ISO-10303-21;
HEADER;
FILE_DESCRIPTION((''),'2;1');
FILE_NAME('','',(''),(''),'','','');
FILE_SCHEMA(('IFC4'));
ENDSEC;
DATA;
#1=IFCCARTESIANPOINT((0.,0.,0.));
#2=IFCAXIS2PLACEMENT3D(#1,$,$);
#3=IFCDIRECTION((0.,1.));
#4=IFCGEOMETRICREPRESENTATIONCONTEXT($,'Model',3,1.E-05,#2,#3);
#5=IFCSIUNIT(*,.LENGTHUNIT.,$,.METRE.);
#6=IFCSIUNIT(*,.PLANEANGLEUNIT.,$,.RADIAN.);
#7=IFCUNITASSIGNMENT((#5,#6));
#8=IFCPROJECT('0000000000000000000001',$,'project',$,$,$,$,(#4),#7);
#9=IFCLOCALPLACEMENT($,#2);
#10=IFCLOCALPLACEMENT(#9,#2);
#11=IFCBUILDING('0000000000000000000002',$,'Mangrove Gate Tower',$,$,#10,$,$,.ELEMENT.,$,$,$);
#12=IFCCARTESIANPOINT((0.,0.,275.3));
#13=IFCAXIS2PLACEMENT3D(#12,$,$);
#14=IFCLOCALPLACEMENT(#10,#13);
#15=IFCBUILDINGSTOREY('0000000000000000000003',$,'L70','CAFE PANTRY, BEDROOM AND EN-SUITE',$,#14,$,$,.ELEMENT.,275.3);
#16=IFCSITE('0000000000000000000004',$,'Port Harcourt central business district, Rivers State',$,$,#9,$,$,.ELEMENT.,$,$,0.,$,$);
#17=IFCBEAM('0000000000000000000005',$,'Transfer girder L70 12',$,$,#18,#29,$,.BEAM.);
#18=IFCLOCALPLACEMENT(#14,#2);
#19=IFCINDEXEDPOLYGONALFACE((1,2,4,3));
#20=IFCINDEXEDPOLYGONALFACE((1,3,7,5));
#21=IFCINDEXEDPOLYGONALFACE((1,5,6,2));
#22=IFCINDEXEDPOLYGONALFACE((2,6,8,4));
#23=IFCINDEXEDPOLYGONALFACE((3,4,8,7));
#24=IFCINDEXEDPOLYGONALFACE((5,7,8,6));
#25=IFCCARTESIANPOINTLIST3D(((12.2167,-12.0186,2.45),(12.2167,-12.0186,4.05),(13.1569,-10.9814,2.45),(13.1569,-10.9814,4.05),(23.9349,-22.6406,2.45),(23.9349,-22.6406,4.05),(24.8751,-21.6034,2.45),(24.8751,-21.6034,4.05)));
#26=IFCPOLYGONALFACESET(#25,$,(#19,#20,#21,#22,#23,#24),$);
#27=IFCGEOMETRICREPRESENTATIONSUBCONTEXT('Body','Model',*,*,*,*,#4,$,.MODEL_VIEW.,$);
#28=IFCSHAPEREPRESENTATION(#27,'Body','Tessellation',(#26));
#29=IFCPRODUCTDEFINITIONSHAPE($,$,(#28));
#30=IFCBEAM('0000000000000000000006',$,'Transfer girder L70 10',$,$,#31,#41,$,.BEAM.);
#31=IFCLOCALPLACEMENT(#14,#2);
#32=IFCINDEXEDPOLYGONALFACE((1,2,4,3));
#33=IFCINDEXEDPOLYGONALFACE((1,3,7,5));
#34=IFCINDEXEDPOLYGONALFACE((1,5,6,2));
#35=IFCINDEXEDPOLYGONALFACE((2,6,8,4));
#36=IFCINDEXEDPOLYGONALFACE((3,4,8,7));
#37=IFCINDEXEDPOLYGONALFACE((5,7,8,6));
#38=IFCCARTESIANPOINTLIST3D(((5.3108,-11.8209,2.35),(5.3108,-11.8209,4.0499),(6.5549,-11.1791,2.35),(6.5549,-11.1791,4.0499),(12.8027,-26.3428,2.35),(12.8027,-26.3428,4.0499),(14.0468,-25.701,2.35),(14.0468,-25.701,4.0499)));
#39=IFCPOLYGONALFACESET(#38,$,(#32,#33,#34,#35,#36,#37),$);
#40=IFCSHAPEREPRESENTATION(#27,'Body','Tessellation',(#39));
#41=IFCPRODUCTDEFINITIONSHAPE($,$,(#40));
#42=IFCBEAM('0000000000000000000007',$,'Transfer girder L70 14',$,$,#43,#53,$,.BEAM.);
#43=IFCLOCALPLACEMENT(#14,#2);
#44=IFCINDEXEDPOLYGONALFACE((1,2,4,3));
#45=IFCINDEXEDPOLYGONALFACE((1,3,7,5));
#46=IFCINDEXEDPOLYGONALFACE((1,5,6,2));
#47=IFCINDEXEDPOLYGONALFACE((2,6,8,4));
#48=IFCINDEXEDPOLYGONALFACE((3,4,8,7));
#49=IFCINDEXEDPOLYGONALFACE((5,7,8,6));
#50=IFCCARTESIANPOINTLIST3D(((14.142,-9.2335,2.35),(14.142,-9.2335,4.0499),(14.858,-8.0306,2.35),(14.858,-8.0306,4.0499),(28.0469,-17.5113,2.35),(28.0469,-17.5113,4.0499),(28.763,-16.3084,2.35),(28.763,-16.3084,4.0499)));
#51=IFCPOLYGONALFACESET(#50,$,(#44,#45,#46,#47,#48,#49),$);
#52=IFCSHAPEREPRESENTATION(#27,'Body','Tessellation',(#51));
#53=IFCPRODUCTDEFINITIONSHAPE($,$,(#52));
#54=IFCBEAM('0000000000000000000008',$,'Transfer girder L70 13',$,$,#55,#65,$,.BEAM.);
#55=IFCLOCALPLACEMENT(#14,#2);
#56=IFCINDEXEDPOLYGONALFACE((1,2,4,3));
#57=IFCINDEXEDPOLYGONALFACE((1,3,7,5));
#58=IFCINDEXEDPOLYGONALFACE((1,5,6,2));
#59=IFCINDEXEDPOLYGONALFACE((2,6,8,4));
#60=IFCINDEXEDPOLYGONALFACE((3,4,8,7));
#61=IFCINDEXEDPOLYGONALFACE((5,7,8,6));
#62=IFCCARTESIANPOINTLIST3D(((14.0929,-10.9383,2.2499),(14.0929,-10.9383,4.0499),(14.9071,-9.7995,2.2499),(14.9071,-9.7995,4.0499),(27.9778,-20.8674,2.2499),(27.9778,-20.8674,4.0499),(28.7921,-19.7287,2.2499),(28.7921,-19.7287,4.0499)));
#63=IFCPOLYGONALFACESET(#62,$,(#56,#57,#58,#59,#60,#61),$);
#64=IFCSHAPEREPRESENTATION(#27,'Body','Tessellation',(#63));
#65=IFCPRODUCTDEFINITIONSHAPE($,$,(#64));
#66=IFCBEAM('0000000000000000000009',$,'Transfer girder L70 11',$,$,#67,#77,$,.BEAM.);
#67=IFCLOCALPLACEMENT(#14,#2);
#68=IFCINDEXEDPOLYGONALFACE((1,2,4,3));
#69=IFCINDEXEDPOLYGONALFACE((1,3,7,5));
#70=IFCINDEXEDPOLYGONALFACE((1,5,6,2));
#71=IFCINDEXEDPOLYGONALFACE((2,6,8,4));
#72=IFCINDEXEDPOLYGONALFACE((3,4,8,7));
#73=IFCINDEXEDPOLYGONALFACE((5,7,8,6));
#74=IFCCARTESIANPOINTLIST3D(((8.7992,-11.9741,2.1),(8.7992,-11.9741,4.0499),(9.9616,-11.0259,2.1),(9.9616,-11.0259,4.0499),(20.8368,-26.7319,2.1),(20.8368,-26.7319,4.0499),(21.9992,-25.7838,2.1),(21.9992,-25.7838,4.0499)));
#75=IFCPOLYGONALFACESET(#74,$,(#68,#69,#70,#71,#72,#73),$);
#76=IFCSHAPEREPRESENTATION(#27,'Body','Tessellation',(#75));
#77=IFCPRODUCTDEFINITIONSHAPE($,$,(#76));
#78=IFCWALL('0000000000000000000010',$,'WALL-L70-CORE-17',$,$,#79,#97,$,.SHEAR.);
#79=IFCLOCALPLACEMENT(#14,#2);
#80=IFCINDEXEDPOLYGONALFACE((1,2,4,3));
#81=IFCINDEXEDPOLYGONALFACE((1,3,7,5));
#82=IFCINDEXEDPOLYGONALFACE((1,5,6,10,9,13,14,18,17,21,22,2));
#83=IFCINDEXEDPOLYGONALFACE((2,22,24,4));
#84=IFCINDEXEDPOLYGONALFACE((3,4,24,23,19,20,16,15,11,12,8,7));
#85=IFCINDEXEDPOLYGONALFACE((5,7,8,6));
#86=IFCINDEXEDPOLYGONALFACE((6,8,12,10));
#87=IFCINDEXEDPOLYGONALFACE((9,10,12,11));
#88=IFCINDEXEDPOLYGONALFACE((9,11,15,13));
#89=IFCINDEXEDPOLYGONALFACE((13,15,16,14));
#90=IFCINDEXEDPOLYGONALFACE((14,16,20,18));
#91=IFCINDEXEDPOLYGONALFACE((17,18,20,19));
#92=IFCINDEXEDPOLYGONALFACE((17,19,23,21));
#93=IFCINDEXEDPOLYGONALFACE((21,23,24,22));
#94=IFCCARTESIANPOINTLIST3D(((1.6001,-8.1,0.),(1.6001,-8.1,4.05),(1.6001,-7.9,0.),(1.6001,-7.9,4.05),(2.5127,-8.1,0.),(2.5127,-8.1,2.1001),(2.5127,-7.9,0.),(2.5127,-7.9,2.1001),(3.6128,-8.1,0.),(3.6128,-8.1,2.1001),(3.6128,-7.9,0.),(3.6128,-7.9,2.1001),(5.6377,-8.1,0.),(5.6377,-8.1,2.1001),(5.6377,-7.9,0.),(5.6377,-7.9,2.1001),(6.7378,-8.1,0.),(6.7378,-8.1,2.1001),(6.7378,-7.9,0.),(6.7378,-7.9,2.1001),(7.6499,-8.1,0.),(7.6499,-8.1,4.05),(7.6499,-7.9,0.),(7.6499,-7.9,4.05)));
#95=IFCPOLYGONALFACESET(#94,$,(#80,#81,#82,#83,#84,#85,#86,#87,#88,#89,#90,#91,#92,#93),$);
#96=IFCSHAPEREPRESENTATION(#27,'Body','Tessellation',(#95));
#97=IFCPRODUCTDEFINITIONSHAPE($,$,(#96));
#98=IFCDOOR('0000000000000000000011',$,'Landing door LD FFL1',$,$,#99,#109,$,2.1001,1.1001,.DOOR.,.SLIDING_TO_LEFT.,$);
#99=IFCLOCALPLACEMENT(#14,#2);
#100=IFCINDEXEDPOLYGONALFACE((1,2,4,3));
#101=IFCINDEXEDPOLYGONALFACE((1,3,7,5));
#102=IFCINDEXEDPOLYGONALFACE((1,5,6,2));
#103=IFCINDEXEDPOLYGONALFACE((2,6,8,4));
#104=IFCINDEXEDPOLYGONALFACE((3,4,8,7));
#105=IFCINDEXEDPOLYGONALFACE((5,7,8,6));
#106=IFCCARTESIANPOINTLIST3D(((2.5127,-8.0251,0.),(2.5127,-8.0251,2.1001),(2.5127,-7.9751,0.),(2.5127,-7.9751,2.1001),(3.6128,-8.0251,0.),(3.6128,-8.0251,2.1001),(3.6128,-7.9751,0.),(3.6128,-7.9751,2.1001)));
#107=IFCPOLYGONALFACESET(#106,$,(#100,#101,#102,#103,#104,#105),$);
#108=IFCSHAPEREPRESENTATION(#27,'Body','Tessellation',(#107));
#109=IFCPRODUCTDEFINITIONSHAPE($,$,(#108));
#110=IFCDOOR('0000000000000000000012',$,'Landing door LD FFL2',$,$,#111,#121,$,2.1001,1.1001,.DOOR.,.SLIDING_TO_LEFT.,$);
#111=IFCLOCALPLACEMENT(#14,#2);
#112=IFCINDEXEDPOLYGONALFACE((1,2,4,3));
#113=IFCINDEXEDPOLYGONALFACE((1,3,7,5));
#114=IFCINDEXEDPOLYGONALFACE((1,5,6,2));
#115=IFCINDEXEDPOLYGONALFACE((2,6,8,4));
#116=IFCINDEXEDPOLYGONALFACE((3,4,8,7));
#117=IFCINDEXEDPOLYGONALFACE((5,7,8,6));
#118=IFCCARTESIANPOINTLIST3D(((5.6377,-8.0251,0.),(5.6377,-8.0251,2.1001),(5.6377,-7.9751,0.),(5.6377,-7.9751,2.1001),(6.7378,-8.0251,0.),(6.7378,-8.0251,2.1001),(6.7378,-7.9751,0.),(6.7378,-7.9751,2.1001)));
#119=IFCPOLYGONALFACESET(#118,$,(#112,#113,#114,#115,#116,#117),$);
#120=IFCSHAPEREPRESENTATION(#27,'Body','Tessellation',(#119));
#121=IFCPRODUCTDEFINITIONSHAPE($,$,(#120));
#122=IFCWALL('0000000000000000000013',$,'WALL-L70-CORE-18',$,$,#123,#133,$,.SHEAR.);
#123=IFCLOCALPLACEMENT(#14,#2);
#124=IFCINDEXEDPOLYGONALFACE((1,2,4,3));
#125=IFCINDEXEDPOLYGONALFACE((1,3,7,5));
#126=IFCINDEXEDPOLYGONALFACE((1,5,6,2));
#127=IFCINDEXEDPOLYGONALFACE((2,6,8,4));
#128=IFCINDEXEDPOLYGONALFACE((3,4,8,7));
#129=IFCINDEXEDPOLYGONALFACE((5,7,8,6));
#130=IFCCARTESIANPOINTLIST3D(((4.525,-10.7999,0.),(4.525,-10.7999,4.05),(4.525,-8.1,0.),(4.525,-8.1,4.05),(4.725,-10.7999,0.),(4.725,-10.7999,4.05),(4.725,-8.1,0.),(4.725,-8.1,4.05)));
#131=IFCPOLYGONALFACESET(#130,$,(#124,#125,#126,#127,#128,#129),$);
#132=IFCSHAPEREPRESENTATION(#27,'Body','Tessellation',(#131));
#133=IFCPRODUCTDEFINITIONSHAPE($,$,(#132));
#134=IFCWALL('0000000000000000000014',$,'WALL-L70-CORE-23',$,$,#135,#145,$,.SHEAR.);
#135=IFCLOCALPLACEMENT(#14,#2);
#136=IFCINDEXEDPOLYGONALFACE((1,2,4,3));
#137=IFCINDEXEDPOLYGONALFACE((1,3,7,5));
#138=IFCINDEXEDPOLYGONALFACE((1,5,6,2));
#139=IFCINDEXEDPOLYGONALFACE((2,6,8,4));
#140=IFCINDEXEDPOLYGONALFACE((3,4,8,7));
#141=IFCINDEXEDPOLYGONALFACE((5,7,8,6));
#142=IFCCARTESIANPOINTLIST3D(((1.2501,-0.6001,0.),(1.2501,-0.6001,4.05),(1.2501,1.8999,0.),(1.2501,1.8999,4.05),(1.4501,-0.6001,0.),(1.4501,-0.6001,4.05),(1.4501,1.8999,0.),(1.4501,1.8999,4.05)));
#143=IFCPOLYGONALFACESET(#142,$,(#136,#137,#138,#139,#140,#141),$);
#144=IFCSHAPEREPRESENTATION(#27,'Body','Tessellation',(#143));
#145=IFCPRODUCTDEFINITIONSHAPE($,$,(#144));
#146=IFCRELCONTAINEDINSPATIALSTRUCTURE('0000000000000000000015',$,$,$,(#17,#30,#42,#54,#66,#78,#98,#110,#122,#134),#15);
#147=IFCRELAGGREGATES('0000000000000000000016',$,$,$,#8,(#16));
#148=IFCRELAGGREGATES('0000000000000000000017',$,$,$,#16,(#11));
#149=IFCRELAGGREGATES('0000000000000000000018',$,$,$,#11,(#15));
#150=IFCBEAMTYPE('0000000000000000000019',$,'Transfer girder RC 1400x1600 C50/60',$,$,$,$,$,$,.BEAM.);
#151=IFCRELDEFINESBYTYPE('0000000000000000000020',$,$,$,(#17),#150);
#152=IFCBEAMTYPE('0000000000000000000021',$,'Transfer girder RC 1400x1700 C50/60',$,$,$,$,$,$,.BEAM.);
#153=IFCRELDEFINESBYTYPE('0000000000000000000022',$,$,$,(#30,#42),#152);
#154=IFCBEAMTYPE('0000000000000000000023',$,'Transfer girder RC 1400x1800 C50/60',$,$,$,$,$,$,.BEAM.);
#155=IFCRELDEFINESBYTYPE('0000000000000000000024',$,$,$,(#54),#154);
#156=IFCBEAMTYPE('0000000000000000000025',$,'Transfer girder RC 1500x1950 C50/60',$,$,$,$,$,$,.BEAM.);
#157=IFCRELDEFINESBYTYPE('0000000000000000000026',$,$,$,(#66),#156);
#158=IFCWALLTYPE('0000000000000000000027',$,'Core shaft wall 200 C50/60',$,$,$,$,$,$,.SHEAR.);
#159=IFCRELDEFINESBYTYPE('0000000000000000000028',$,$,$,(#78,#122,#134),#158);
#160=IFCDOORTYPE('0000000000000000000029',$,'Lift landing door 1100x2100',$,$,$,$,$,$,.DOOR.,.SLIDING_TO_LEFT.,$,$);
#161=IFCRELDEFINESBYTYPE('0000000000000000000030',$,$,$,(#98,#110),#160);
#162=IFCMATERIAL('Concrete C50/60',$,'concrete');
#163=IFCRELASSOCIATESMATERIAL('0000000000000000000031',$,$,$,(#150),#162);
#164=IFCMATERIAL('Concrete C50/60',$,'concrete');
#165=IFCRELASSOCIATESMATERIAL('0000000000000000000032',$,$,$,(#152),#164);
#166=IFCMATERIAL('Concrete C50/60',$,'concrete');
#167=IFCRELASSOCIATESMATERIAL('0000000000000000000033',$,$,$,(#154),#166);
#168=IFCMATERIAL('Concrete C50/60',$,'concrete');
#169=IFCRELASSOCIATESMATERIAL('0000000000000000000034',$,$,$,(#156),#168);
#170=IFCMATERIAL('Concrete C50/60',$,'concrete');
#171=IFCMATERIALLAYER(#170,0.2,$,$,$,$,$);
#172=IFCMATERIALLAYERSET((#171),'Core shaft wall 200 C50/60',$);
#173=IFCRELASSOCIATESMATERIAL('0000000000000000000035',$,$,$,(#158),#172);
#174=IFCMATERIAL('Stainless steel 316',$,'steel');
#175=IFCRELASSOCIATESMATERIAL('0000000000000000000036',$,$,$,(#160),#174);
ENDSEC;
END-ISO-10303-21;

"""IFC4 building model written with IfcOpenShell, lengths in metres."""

from ifc_helpers import new_model, si_unit, direction, frame, frame_2d, origin, origin_2d, place, context, subcontext, project, spatial, rectangle, extrude, material, layer, layer_set, material_profile, profile_set, type_object, element, fill, save


model = new_model("IFC4")

# Units and contexts
model_context = context("Model", 3, precision=1e-05, world=origin(), true_north=direction((0.0, 1.0)))
body_context = subcontext(model_context, "Body", "Model", "MODEL_VIEW")
ifc_project = project(units=[si_unit("LENGTHUNIT", "METRE"), si_unit("PLANEANGLEUNIT", "RADIAN")], contexts=[model_context])

# Site, building, storey
site_placement = place(None, origin())
site = spatial("IfcSite", under=ifc_project, at=site_placement, Name="Port Harcourt central business district, Rivers State", CompositionType="ELEMENT", RefElevation=0.0)
building_placement = place(site_placement, origin())
building = spatial("IfcBuilding", under=site, at=building_placement, Name="Mangrove Gate Tower", CompositionType="ELEMENT")
storey_placement = place(building_placement, frame((0.0, 0.0, 275.3)))
storey = spatial("IfcBuildingStorey", under=building, at=storey_placement, Name="L70", Description="CAFE PANTRY, BEDROOM AND EN-SUITE", CompositionType="ELEMENT", Elevation=275.3)

# Beams
ifc_material_1 = material(Name="Concrete C50/60", Category="concrete")
ifc_material_profile_1 = material_profile(ifc_material_1, rectangle(XDim=1.3999, YDim=1.6001, at=origin_2d()))
ifc_profile_set_1 = profile_set([ifc_material_profile_1], Name="Concrete C50/60")
beam_type_1 = type_object("IfcBeamType", Name="Transfer girder RC 1400x1600 C50/60", PredefinedType="BEAM", material=ifc_profile_set_1)
beam_1_placement = place(storey_placement, frame((12.6868, -11.5, 3.25), z_axis=(0.740912, -0.671603, 0.0), x_axis=(0.671603, 0.740912, 0.0)))
element("IfcBeam", 1, at=beam_1_placement, inside=storey, type_object=beam_type_1, Name="Transfer girder L70 12", PredefinedType="BEAM", context=body_context, shape_type="SweptSolid", body=[
    extrude(rectangle(XDim=1.3999, YDim=1.6001, at=origin_2d()), origin(), (0.0, 0.0, 1.0), 15.8159),
])
ifc_material_2 = material(Name="Concrete C50/60", Category="concrete")
ifc_material_profile_2 = material_profile(ifc_material_2, rectangle(XDim=1.3999, YDim=1.7, at=origin_2d()))
ifc_profile_set_2 = profile_set([ifc_material_profile_2], Name="Concrete C50/60")
beam_type_2 = type_object("IfcBeamType", Name="Transfer girder RC 1400x1700 C50/60", PredefinedType="BEAM", material=ifc_profile_set_2)
beam_2_placement = place(storey_placement, frame((5.9329, -11.5, 3.2), z_axis=(0.458485, -0.888702, 0.0), x_axis=(0.888702, 0.458485, 0.0)))
element("IfcBeam", 2, at=beam_2_placement, inside=storey, type_object=beam_type_2, Name="Transfer girder L70 10", PredefinedType="BEAM", context=body_context, shape_type="SweptSolid", body=[
    extrude(rectangle(XDim=1.3999, YDim=1.7, at=origin_2d()), origin(), (0.0, 0.0, 1.0), 16.3406),
])
beam_3_placement = place(storey_placement, frame((14.5, -8.6321, 3.2), z_axis=(0.859265, -0.511531, 0.0), x_axis=(0.511531, 0.859265, 0.0)))
element("IfcBeam", 3, at=beam_3_placement, inside=storey, type_object=beam_type_2, Name="Transfer girder L70 14", PredefinedType="BEAM", context=body_context, shape_type="SweptSolid", body=[
    extrude(rectangle(XDim=1.3999, YDim=1.7, at=origin_2d()), origin(), (0.0, 0.0, 1.0), 16.1824),
])
ifc_material_3 = material(Name="Concrete C50/60", Category="concrete")
ifc_material_profile_3 = material_profile(ifc_material_3, rectangle(XDim=1.3999, YDim=1.8, at=origin_2d()))
ifc_profile_set_3 = profile_set([ifc_material_profile_3], Name="Concrete C50/60")
beam_type_3 = type_object("IfcBeamType", Name="Transfer girder RC 1400x1800 C50/60", PredefinedType="BEAM", material=ifc_profile_set_3)
beam_4_placement = place(storey_placement, frame((14.5, -10.3689, 3.1499), z_axis=(0.813419, -0.581678, 0.0), x_axis=(0.581678, 0.813419, 0.0)))
element("IfcBeam", 4, at=beam_4_placement, inside=storey, type_object=beam_type_3, Name="Transfer girder L70 13", PredefinedType="BEAM", context=body_context, shape_type="SweptSolid", body=[
    extrude(rectangle(XDim=1.3999, YDim=1.8, at=origin_2d()), origin(), (0.0, 0.0, 1.0), 17.0698),
])
ifc_material_4 = material(Name="Concrete C50/60", Category="concrete")
ifc_material_profile_4 = material_profile(ifc_material_4, rectangle(XDim=1.5, YDim=1.95, at=origin_2d()))
ifc_profile_set_4 = profile_set([ifc_material_profile_4], Name="Concrete C50/60")
beam_type_4 = type_object("IfcBeamType", Name="Transfer girder RC 1500x1950 C50/60", PredefinedType="BEAM", material=ifc_profile_set_4)
beam_5_placement = place(storey_placement, frame((9.3804, -11.5, 3.075), z_axis=(0.632074, -0.774908, 0.0), x_axis=(0.774908, 0.632074, 0.0)))
element("IfcBeam", 5, at=beam_5_placement, inside=storey, type_object=beam_type_4, Name="Transfer girder L70 11", PredefinedType="BEAM", context=body_context, shape_type="SweptSolid", body=[
    extrude(rectangle(XDim=1.5, YDim=1.95, at=origin_2d()), origin(), (0.0, 0.0, 1.0), 19.0447),
])

# Wall, openings, doors
ifc_material_5 = material(Name="Concrete C50/60", Category="concrete")
ifc_layer_1 = layer(ifc_material_5, 0.2)
ifc_layer_set_1 = layer_set([ifc_layer_1], Name="Core shaft wall 200 C50/60")
wall_type_1 = type_object("IfcWallType", Name="Core shaft wall 200 C50/60", PredefinedType="SHEAR", material=ifc_layer_set_1)
wall_1_placement = place(storey_placement, frame((1.6001, -8.0, 0.0), z_axis=(0.0, 0.0, 1.0), x_axis=(1.0, 0.0, 0.0)))
wall_1 = element("IfcWall", 6, at=wall_1_placement, inside=storey, type_object=wall_type_1, Name="WALL-L70-CORE-17", PredefinedType="SHEAR", context=body_context, shape_type="SweptSolid", body=[
    extrude(rectangle(XDim=6.0498, YDim=0.2, at=frame_2d((3.0249, 0.0))), origin(), (0.0, 0.0, 1.0), 4.05),
])
opening_1_placement = place(wall_1_placement, frame((0.9126, 0.0, 0.0)))
opening_1 = element("IfcOpeningElement", 7, at=opening_1_placement, cuts=wall_1, PredefinedType="OPENING", context=body_context, shape_type="SweptSolid", body=[
    extrude(rectangle(XDim=1.1001, YDim=2.1001, at=frame_2d((0.55, 1.05))), frame((0.0, 0.1099, 0.0), z_axis=(0.0, -1.0, 0.0), x_axis=(1.0, 0.0, 0.0)), (0.0, 0.0, 1.0), 0.22),
])
opening_2_placement = place(wall_1_placement, frame((4.0376, 0.0, 0.0)))
opening_2 = element("IfcOpeningElement", 8, at=opening_2_placement, cuts=wall_1, PredefinedType="OPENING", context=body_context, shape_type="SweptSolid", body=[
    extrude(rectangle(XDim=1.1001, YDim=2.1001, at=frame_2d((0.55, 1.05))), frame((0.0, 0.1099, 0.0), z_axis=(0.0, -1.0, 0.0), x_axis=(1.0, 0.0, 0.0)), (0.0, 0.0, 1.0), 0.22),
])
ifc_material_6 = material(Name="Stainless steel 316", Category="steel")
door_type_1 = type_object("IfcDoorType", Name="Lift landing door 1100x2100", OperationType="SLIDING_TO_LEFT", PredefinedType="DOOR", material=ifc_material_6)
door_1_placement = place(opening_1_placement, origin())
door_1 = element("IfcDoor", 9, at=door_1_placement, inside=storey, type_object=door_type_1, Name="Landing door LD FFL1", OperationType="SLIDING_TO_LEFT", OverallHeight=2.1001, OverallWidth=1.1001, PredefinedType="DOOR", context=body_context, shape_type="SweptSolid", body=[
    extrude(rectangle(XDim=1.1001, YDim=2.1001, at=frame_2d((0.55, 1.05))), frame((0.0, 0.0249, 0.0), z_axis=(0.0, -1.0, 0.0), x_axis=(1.0, 0.0, 0.0)), (0.0, 0.0, 1.0), 0.05),
])
fill(opening_1, door_1)
door_2_placement = place(opening_2_placement, origin())
door_2 = element("IfcDoor", 10, at=door_2_placement, inside=storey, type_object=door_type_1, Name="Landing door LD FFL2", OperationType="SLIDING_TO_LEFT", OverallHeight=2.1001, OverallWidth=1.1001, PredefinedType="DOOR", context=body_context, shape_type="SweptSolid", body=[
    extrude(rectangle(XDim=1.1001, YDim=2.1001, at=frame_2d((0.55, 1.05))), frame((0.0, 0.0249, 0.0), z_axis=(0.0, -1.0, 0.0), x_axis=(1.0, 0.0, 0.0)), (0.0, 0.0, 1.0), 0.05),
])
fill(opening_2, door_2)

# Walls
wall_2_placement = place(storey_placement, frame((4.625, -10.8, 0.0), z_axis=(0.0, 0.0, 1.0), x_axis=(0.0, 1.0, 0.0)))
element("IfcWall", 11, at=wall_2_placement, inside=storey, type_object=wall_type_1, Name="WALL-L70-CORE-18", PredefinedType="SHEAR", context=body_context, shape_type="SweptSolid", body=[
    extrude(rectangle(XDim=2.7, YDim=0.2, at=frame_2d((1.3501, 0.0))), origin(), (0.0, 0.0, 1.0), 4.05),
])
wall_3_placement = place(storey_placement, frame((1.3501, -0.6001, 0.0), z_axis=(0.0, 0.0, 1.0), x_axis=(0.0, 1.0, 0.0)))
element("IfcWall", 12, at=wall_3_placement, inside=storey, type_object=wall_type_1, Name="WALL-L70-CORE-23", PredefinedType="SHEAR", context=body_context, shape_type="SweptSolid", body=[
    extrude(rectangle(XDim=2.5, YDim=0.2, at=frame_2d((1.25, 0.0))), origin(), (0.0, 0.0, 1.0), 4.05),
])

save(model, "model.ifc")
